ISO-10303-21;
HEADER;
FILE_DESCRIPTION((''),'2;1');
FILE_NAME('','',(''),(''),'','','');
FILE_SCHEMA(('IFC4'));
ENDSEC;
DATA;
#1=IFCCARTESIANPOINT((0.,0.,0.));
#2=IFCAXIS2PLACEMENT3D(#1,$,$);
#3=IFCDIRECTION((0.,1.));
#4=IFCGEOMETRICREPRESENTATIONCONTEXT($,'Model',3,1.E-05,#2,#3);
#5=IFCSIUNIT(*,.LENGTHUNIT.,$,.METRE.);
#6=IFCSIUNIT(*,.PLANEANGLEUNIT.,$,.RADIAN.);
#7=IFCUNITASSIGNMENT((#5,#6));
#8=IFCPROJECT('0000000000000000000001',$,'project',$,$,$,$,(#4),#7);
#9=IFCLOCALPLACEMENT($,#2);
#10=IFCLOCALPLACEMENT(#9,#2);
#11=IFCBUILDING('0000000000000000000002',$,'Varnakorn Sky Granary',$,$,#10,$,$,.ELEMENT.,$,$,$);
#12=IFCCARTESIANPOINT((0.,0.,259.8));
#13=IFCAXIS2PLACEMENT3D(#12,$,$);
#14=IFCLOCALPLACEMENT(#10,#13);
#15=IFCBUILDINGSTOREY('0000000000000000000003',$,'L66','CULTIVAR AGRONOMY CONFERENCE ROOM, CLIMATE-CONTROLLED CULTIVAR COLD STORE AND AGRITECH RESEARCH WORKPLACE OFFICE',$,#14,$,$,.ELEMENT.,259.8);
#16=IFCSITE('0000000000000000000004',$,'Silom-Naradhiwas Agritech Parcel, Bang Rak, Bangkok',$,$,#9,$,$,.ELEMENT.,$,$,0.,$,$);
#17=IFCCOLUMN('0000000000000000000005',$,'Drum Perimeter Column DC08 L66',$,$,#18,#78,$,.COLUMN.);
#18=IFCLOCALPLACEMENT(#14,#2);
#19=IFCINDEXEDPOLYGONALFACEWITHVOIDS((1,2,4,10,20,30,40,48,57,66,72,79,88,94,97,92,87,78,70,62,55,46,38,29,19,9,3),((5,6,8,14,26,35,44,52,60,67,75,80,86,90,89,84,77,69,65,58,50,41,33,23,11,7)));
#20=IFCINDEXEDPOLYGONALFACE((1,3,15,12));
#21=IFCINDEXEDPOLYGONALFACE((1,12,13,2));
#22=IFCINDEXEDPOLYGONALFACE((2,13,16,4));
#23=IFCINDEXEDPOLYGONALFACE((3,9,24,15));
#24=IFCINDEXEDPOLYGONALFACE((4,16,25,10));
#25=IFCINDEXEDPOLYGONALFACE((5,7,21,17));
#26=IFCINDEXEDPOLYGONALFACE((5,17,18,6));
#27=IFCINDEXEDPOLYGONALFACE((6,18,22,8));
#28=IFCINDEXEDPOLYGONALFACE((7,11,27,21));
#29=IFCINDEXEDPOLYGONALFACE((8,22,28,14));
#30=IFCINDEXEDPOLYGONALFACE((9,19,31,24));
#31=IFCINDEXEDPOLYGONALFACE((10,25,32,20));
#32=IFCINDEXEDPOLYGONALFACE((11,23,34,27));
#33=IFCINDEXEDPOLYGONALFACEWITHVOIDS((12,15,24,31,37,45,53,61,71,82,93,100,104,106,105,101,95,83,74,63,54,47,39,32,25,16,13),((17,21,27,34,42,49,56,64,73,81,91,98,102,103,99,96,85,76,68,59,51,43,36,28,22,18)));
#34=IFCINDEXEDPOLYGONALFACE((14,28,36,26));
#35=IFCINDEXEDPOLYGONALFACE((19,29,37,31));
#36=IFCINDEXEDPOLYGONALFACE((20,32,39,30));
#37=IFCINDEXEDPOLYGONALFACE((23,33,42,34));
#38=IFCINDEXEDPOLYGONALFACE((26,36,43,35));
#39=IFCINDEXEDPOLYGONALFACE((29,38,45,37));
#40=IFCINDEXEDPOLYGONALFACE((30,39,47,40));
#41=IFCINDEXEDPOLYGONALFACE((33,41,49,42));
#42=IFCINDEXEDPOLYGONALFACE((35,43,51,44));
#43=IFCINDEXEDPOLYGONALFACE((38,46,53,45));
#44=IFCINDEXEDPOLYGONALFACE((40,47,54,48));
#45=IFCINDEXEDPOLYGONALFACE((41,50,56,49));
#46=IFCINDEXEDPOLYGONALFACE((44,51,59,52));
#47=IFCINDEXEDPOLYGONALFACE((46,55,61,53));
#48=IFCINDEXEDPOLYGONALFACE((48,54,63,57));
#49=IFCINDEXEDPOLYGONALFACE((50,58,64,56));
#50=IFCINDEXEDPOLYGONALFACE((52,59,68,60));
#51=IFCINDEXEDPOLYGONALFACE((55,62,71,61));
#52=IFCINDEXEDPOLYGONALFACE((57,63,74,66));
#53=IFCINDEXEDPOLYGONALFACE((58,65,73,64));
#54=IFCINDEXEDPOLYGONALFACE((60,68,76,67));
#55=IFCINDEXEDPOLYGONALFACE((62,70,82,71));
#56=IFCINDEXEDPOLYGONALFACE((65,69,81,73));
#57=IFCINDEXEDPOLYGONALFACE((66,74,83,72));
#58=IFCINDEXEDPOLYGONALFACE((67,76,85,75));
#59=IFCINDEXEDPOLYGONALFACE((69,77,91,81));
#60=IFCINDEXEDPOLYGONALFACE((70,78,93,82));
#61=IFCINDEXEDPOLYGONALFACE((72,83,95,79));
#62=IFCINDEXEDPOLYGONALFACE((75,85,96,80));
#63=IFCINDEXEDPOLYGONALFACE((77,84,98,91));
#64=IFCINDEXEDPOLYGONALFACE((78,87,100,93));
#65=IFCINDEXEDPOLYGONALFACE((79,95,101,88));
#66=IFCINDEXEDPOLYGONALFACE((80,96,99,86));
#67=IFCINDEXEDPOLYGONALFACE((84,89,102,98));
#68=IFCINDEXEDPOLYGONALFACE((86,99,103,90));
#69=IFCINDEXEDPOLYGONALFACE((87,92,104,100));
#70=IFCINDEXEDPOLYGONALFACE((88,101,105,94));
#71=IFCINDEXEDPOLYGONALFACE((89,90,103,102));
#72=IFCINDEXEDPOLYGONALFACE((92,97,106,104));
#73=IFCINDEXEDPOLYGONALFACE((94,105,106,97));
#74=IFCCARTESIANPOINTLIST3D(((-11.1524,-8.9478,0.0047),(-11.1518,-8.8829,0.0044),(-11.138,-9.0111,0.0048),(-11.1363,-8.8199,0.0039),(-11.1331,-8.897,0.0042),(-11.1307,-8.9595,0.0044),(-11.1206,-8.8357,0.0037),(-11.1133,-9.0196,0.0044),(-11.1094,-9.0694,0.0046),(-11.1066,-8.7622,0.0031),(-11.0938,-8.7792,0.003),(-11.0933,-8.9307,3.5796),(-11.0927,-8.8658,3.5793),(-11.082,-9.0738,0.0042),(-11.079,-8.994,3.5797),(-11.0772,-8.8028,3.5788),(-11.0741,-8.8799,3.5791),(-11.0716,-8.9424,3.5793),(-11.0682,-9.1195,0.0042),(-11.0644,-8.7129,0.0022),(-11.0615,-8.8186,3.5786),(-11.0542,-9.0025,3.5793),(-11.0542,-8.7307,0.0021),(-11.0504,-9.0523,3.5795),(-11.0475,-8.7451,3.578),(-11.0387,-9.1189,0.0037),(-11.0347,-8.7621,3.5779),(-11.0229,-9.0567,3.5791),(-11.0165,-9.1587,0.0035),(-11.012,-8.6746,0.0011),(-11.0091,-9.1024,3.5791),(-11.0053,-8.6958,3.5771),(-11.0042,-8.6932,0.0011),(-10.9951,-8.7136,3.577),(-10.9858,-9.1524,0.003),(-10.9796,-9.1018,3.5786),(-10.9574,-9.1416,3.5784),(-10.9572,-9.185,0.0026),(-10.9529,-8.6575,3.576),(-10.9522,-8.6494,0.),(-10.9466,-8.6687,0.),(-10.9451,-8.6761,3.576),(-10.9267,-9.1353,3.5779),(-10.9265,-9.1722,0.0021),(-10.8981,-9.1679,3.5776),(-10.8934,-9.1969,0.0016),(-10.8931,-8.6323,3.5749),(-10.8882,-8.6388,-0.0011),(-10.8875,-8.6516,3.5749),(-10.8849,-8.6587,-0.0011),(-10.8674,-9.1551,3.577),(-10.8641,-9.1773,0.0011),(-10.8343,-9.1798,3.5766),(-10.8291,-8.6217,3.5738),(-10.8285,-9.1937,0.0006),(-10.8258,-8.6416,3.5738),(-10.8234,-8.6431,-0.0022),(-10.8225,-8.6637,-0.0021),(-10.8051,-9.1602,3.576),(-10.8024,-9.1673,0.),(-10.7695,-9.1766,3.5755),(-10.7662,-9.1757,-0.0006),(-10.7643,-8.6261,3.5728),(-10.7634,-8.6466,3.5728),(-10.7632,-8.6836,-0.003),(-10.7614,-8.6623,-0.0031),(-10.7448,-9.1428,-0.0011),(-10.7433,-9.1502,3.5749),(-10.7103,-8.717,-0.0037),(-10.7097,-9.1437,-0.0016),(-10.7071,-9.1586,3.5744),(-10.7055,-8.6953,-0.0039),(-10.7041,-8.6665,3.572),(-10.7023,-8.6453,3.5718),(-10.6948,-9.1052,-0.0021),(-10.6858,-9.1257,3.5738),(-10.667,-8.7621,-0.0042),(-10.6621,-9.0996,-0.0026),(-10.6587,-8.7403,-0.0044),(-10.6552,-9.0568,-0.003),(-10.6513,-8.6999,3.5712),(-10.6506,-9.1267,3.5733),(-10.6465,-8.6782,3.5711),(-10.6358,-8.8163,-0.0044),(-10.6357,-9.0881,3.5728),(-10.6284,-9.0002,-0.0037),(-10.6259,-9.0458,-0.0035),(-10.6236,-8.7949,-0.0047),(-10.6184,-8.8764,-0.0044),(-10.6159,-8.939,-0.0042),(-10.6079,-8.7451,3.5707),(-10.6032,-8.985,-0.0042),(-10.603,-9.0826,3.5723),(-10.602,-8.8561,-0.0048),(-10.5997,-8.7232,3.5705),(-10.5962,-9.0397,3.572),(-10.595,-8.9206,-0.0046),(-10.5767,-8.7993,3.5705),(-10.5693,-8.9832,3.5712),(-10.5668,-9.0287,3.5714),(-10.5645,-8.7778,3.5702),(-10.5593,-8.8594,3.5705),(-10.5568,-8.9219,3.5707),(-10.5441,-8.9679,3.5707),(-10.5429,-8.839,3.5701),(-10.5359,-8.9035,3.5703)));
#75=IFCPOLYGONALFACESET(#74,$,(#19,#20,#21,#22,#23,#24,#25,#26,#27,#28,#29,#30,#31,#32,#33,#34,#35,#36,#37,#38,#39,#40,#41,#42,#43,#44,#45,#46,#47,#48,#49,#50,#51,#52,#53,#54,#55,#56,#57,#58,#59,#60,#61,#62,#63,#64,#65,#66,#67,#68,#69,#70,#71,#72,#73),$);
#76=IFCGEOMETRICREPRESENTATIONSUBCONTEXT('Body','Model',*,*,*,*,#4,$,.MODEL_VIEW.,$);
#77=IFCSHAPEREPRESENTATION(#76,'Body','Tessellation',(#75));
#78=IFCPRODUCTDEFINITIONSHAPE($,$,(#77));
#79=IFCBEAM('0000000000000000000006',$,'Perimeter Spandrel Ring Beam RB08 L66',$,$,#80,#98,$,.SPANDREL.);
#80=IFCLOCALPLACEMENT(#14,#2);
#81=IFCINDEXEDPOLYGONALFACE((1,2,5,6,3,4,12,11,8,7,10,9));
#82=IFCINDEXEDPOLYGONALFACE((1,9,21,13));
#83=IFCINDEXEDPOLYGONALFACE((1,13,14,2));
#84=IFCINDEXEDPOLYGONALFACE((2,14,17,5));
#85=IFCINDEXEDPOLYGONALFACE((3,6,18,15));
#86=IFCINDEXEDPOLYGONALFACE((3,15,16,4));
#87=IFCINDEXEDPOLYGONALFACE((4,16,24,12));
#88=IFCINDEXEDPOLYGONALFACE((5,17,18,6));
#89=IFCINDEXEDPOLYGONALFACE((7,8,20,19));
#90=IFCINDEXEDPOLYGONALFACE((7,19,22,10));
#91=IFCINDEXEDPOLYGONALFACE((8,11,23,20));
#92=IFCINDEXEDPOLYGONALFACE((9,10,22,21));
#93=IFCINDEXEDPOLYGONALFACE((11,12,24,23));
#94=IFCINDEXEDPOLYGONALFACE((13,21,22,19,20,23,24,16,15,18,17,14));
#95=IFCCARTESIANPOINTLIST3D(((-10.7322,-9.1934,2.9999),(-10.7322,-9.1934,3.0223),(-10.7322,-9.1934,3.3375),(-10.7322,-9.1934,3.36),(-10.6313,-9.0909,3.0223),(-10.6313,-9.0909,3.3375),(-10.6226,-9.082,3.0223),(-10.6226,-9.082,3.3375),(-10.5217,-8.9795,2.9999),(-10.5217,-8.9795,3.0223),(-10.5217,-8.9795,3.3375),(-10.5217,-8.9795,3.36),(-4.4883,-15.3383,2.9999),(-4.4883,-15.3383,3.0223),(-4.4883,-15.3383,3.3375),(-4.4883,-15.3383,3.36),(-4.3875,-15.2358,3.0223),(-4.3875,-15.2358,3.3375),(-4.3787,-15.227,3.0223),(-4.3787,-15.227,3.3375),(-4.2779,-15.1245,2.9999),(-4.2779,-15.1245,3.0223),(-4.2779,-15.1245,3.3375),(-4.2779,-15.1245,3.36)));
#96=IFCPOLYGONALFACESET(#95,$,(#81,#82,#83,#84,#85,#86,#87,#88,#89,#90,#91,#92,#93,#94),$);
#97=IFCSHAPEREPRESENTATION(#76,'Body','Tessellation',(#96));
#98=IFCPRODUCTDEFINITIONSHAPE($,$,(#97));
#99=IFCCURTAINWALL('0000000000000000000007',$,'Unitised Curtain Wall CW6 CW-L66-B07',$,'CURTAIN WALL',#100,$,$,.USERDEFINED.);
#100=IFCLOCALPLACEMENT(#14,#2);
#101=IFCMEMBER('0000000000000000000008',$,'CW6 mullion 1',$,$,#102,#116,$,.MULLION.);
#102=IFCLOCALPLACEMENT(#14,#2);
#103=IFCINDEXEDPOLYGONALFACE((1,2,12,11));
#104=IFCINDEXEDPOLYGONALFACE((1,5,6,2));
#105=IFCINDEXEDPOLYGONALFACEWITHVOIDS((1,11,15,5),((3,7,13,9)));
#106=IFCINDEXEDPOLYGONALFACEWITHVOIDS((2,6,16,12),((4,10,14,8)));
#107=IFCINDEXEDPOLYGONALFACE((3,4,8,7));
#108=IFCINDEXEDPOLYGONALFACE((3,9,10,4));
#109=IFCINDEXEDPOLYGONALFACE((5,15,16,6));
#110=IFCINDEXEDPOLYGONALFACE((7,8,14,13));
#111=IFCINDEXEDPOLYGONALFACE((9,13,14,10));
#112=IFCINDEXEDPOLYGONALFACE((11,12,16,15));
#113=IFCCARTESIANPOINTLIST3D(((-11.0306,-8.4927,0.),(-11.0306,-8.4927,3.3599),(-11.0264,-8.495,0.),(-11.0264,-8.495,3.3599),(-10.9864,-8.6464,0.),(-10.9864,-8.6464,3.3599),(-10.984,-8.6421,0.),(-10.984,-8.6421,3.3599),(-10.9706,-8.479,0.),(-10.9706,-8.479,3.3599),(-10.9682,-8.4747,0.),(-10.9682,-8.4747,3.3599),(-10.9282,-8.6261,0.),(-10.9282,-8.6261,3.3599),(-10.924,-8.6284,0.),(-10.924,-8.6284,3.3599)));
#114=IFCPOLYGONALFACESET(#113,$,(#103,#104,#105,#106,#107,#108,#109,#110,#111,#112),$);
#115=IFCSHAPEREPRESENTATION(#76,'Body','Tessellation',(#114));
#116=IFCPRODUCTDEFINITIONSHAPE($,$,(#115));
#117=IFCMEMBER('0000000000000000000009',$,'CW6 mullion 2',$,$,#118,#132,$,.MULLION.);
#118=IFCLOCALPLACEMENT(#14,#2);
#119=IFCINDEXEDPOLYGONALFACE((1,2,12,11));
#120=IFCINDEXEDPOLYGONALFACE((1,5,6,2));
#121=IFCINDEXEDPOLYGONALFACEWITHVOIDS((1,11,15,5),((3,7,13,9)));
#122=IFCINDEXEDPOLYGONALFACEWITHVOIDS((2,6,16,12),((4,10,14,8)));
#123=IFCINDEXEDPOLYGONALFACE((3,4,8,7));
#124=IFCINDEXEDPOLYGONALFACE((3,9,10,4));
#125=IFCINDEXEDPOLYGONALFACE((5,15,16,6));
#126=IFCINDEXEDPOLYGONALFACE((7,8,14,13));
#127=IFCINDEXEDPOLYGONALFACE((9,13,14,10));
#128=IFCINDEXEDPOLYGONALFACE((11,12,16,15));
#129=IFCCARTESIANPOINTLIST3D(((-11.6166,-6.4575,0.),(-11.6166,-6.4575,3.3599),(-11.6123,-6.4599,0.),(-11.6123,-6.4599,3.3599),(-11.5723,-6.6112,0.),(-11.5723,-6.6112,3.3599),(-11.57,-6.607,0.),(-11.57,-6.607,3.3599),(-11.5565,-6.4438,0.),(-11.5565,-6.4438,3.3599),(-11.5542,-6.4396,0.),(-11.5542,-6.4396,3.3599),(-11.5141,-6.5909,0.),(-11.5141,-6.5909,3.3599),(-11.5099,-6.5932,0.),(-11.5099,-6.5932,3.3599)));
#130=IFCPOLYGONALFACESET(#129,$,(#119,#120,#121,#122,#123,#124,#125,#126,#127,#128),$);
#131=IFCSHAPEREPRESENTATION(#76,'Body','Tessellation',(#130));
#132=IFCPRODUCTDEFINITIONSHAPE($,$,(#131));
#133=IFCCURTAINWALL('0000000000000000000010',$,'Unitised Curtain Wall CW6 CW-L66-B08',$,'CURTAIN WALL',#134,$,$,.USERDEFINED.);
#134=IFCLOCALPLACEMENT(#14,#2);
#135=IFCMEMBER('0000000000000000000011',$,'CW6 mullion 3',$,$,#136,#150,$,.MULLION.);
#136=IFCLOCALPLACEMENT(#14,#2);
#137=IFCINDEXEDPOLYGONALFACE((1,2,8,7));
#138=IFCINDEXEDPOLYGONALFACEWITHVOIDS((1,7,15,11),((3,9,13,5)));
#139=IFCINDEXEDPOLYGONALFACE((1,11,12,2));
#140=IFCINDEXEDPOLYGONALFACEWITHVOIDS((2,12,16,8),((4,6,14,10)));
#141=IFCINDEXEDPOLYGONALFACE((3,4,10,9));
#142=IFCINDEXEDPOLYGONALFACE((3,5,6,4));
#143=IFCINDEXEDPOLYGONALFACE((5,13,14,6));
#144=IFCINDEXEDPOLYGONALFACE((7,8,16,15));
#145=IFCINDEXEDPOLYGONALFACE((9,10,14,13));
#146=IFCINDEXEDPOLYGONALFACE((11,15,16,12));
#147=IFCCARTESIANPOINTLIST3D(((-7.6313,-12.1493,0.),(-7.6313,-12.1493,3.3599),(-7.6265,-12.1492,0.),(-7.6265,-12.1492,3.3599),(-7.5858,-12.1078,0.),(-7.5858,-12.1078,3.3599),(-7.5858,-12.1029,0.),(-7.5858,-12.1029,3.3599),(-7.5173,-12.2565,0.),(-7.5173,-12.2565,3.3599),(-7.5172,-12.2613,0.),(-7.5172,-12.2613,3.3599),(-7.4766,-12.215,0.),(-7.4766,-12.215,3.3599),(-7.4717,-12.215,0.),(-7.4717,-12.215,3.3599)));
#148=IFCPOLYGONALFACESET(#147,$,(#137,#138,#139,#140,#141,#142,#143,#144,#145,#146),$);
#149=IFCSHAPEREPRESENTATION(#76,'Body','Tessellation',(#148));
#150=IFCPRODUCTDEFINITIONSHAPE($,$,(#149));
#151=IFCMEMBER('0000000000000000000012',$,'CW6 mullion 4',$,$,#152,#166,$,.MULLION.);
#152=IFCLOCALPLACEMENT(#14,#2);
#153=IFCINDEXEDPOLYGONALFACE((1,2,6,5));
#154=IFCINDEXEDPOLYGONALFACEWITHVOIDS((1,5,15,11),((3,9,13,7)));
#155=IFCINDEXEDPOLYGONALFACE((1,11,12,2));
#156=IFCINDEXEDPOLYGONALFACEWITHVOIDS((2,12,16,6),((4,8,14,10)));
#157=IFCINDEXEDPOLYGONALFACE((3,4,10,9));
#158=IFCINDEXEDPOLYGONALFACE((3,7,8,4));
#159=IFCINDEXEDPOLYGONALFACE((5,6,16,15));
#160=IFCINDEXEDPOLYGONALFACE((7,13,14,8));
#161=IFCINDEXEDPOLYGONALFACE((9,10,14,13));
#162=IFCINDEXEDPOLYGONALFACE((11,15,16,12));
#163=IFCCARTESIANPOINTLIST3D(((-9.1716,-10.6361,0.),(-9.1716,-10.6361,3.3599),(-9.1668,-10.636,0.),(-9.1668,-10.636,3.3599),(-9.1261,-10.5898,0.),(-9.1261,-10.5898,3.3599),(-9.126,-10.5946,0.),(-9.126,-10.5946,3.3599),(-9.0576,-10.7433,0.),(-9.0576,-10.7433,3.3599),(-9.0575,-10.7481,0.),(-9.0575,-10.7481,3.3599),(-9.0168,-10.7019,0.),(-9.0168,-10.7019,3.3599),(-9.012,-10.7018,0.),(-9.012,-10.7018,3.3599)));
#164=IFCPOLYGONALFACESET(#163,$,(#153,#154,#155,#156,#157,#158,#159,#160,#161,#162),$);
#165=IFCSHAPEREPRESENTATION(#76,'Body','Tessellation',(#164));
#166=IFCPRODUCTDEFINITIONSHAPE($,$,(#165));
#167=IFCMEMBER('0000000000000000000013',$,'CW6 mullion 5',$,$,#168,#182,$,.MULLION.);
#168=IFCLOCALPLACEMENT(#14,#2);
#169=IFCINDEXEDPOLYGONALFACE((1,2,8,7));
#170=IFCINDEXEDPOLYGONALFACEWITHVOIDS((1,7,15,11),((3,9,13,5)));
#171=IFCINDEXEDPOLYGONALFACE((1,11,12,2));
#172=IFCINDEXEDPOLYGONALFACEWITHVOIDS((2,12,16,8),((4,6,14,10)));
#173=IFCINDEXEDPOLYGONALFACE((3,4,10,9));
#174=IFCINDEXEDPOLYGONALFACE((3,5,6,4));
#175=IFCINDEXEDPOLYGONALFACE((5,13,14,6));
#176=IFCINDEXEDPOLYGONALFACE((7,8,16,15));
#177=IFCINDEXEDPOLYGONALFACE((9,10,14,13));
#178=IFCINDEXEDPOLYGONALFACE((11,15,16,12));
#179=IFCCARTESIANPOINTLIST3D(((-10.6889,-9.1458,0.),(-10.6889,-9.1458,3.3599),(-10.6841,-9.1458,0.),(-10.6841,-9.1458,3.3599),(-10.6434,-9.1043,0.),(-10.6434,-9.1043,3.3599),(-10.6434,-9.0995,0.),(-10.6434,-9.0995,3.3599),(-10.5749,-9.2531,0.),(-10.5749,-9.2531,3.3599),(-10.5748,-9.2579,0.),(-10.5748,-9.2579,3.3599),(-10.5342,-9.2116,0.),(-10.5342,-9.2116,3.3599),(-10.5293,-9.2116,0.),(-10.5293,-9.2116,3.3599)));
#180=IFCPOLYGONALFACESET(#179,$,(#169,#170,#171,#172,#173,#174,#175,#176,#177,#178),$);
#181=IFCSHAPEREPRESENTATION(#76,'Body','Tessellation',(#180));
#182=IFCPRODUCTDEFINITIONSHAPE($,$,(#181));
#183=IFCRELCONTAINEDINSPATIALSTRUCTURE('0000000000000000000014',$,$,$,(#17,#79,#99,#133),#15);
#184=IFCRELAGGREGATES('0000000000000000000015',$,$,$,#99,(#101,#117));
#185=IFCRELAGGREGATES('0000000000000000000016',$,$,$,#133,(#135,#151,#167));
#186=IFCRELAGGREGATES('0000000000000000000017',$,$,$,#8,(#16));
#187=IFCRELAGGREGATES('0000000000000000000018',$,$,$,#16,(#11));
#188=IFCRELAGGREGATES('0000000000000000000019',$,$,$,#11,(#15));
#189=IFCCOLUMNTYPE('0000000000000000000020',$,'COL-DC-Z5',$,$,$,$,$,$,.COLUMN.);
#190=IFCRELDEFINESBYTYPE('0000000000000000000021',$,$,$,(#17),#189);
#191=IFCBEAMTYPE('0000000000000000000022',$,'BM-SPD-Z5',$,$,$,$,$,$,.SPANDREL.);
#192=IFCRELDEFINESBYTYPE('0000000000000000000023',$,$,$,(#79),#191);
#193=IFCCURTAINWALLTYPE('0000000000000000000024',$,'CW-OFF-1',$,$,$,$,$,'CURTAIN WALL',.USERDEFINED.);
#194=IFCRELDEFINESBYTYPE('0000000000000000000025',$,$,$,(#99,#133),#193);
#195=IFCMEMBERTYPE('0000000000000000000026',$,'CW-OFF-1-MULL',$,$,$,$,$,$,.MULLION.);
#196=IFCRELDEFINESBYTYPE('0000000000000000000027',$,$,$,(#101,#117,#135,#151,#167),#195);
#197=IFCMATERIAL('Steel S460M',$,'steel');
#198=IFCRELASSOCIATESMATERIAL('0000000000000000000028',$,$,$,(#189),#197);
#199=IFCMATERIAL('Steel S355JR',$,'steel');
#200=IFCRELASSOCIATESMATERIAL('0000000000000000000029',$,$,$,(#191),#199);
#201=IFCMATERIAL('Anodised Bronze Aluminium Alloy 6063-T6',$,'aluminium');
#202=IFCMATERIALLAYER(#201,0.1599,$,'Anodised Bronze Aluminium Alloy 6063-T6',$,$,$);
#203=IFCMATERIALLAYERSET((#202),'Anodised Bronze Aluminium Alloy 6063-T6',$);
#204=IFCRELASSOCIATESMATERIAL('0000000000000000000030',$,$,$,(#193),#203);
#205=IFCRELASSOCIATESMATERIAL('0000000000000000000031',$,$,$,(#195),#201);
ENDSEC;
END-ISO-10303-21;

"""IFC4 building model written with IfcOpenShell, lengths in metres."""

from ifc_helpers import new_model, si_unit, direction, frame, origin, origin_2d, place, context, subcontext, project, spatial, hollow_rectangle, hollow_circle, i_section, extrude, material, layer, layer_set, material_profile, profile_set, type_object, element, aggregate, save


model = new_model("IFC4")

# Units and contexts
model_context = context("Model", 3, precision=1e-05, world=origin(), true_north=direction((0.0, 1.0)))
body_context = subcontext(model_context, "Body", "Model", "MODEL_VIEW")
ifc_project = project(units=[si_unit("LENGTHUNIT", "METRE"), si_unit("PLANEANGLEUNIT", "RADIAN")], contexts=[model_context])

# Site, building, storey
site_placement = place(None, origin())
site = spatial("IfcSite", under=ifc_project, at=site_placement, Name="Silom-Naradhiwas Agritech Parcel, Bang Rak, Bangkok", CompositionType="ELEMENT", RefElevation=0.0)
building_placement = place(site_placement, origin())
building = spatial("IfcBuilding", under=site, at=building_placement, Name="Varnakorn Sky Granary", CompositionType="ELEMENT")
storey_placement = place(building_placement, frame((0.0, 0.0, 259.8)))
storey = spatial("IfcBuildingStorey", under=building, at=storey_placement, Name="L66", Description="CULTIVAR AGRONOMY CONFERENCE ROOM, CLIMATE-CONTROLLED CULTIVAR COLD STORE AND AGRITECH RESEARCH WORKPLACE OFFICE", CompositionType="ELEMENT", Elevation=259.8)

# Column
ifc_material_1 = material(Name="Steel S460M", Category="steel")
ifc_material_profile_1 = material_profile(ifc_material_1, hollow_circle(Radius=0.2795, WallThickness=0.02, at=origin_2d()), Name="CHS 559x20")
ifc_profile_set_1 = profile_set([ifc_material_profile_1], Name="Steel S460M")
column_type = type_object("IfcColumnType", Name="COL-DC-Z5", PredefinedType="COLUMN", material=ifc_profile_set_1)
column_placement = place(storey_placement, frame((-10.8745, -8.918, 0.0), z_axis=(0.016524, 0.00478, 0.999852), x_axis=(-0.277865, 0.96062, 0.0)))
element("IfcColumn", 1, at=column_placement, inside=storey, type_object=column_type, Name="Drum Perimeter Column DC08 L66", PredefinedType="COLUMN", context=body_context, shape_type="SweptSolid", body=[
    extrude(hollow_circle(Radius=0.2795, WallThickness=0.02, at=origin_2d()), origin(), (0.0, 0.0, 1.0), 3.5754),
])

# Beam
ifc_material_2 = material(Name="Steel S355JR", Category="steel")
ifc_material_profile_2 = material_profile(ifc_material_2, i_section(OverallWidth=0.3, OverallDepth=0.3601, WebThickness=0.0125, FlangeThickness=0.0225, at=origin_2d()), Name="HE 360 B")
ifc_profile_set_2 = profile_set([ifc_material_profile_2], Name="Steel S355JR")
beam_type = type_object("IfcBeamType", Name="BM-SPD-Z5", PredefinedType="SPANDREL", material=ifc_profile_set_2)
beam_placement = place(storey_placement, frame((-10.627, -9.0864, 3.1799), z_axis=(0.712728, -0.701441, 0.0), x_axis=(0.701441, 0.712728, 0.0)))
element("IfcBeam", 2, at=beam_placement, inside=storey, type_object=beam_type, Name="Perimeter Spandrel Ring Beam RB08 L66", PredefinedType="SPANDREL", context=body_context, shape_type="SweptSolid", body=[
    extrude(i_section(OverallWidth=0.3, OverallDepth=0.3601, WebThickness=0.0125, FlangeThickness=0.0225, at=origin_2d()), origin(), (0.0, 0.0, 1.0), 8.7605),
])

# Curtain walls, members
ifc_material_3 = material(Name="Anodised Bronze Aluminium Alloy 6063-T6", Category="aluminium")
ifc_layer_1 = layer(ifc_material_3, 0.1599, Name="Anodised Bronze Aluminium Alloy 6063-T6")
ifc_layer_set_1 = layer_set([ifc_layer_1], Name="Anodised Bronze Aluminium Alloy 6063-T6")
curtain_wall_type = type_object("IfcCurtainWallType", Name="CW-OFF-1", ElementType="CURTAIN WALL", PredefinedType="USERDEFINED", material=ifc_layer_set_1)
curtain_wall_1_placement = place(storey_placement, origin())
curtain_wall_1 = element("IfcCurtainWall", 3, at=curtain_wall_1_placement, inside=storey, type_object=curtain_wall_type, Name="Unitised Curtain Wall CW6 CW-L66-B07", ObjectType="CURTAIN WALL", PredefinedType="USERDEFINED")
ifc_material_profile_3 = material_profile(ifc_material_3, hollow_rectangle(XDim=0.0649, YDim=0.1599, WallThickness=0.0034, at=origin_2d()), Name="ALU MULL 65x160")
ifc_profile_set_3 = profile_set([ifc_material_profile_3], Name="Anodised Bronze Aluminium Alloy 6063-T6")
member_type_1 = type_object("IfcMemberType", Name="CW-OFF-1-MULL", PredefinedType="MULLION", material=ifc_profile_set_3)
member_1_placement = place(storey_placement, frame((-10.9773, -8.5605, 0.0), z_axis=(0.0, 0.0, 1.0), x_axis=(-0.960963, -0.276677, 0.0)))
member_1 = element("IfcMember", 4, at=member_1_placement, type_object=member_type_1, Name="CW6 mullion 1", PredefinedType="MULLION", context=body_context, shape_type="SweptSolid", body=[
    extrude(hollow_rectangle(XDim=0.0649, YDim=0.1599, WallThickness=0.0034, at=origin_2d()), origin(), (0.0, 0.0, 1.0), 3.3599),
])
member_2_placement = place(storey_placement, frame((-11.5632, -6.5254, 0.0), z_axis=(0.0, 0.0, 1.0), x_axis=(-0.960963, -0.276677, 0.0)))
member_2 = element("IfcMember", 5, at=member_2_placement, type_object=member_type_1, Name="CW6 mullion 2", PredefinedType="MULLION", context=body_context, shape_type="SweptSolid", body=[
    extrude(hollow_rectangle(XDim=0.0649, YDim=0.1599, WallThickness=0.0034, at=origin_2d()), origin(), (0.0, 0.0, 1.0), 3.3599),
])
curtain_wall_2_placement = place(storey_placement, origin())
curtain_wall_2 = element("IfcCurtainWall", 6, at=curtain_wall_2_placement, inside=storey, type_object=curtain_wall_type, Name="Unitised Curtain Wall CW6 CW-L66-B08", ObjectType="CURTAIN WALL", PredefinedType="USERDEFINED")
member_3_placement = place(storey_placement, frame((-7.5515, -12.1821, 0.0), z_axis=(0.0, 0.0, 1.0), x_axis=(-0.700774, -0.713383, 0.0)))
member_3 = element("IfcMember", 7, at=member_3_placement, type_object=member_type_1, Name="CW6 mullion 3", PredefinedType="MULLION", context=body_context, shape_type="SweptSolid", body=[
    extrude(hollow_rectangle(XDim=0.0649, YDim=0.1599, WallThickness=0.0034, at=origin_2d()), origin(), (0.0, 0.0, 1.0), 3.3599),
])
member_4_placement = place(storey_placement, frame((-9.0918, -10.6689, 0.0), z_axis=(0.0, 0.0, 1.0), x_axis=(-0.700774, -0.713383, 0.0)))
member_4 = element("IfcMember", 8, at=member_4_placement, type_object=member_type_1, Name="CW6 mullion 4", PredefinedType="MULLION", context=body_context, shape_type="SweptSolid", body=[
    extrude(hollow_rectangle(XDim=0.0649, YDim=0.1599, WallThickness=0.0034, at=origin_2d()), origin(), (0.0, 0.0, 1.0), 3.3599),
])
member_5_placement = place(storey_placement, frame((-10.6091, -9.1787, 0.0), z_axis=(0.0, 0.0, 1.0), x_axis=(-0.700774, -0.713383, 0.0)))
member_5 = element("IfcMember", 9, at=member_5_placement, type_object=member_type_1, Name="CW6 mullion 5", PredefinedType="MULLION", context=body_context, shape_type="SweptSolid", body=[
    extrude(hollow_rectangle(XDim=0.0649, YDim=0.1599, WallThickness=0.0034, at=origin_2d()), origin(), (0.0, 0.0, 1.0), 3.3599),
])

aggregate(curtain_wall_1, [member_1, member_2])
aggregate(curtain_wall_2, [member_3, member_4, member_5])

save(model, "model.ifc")
